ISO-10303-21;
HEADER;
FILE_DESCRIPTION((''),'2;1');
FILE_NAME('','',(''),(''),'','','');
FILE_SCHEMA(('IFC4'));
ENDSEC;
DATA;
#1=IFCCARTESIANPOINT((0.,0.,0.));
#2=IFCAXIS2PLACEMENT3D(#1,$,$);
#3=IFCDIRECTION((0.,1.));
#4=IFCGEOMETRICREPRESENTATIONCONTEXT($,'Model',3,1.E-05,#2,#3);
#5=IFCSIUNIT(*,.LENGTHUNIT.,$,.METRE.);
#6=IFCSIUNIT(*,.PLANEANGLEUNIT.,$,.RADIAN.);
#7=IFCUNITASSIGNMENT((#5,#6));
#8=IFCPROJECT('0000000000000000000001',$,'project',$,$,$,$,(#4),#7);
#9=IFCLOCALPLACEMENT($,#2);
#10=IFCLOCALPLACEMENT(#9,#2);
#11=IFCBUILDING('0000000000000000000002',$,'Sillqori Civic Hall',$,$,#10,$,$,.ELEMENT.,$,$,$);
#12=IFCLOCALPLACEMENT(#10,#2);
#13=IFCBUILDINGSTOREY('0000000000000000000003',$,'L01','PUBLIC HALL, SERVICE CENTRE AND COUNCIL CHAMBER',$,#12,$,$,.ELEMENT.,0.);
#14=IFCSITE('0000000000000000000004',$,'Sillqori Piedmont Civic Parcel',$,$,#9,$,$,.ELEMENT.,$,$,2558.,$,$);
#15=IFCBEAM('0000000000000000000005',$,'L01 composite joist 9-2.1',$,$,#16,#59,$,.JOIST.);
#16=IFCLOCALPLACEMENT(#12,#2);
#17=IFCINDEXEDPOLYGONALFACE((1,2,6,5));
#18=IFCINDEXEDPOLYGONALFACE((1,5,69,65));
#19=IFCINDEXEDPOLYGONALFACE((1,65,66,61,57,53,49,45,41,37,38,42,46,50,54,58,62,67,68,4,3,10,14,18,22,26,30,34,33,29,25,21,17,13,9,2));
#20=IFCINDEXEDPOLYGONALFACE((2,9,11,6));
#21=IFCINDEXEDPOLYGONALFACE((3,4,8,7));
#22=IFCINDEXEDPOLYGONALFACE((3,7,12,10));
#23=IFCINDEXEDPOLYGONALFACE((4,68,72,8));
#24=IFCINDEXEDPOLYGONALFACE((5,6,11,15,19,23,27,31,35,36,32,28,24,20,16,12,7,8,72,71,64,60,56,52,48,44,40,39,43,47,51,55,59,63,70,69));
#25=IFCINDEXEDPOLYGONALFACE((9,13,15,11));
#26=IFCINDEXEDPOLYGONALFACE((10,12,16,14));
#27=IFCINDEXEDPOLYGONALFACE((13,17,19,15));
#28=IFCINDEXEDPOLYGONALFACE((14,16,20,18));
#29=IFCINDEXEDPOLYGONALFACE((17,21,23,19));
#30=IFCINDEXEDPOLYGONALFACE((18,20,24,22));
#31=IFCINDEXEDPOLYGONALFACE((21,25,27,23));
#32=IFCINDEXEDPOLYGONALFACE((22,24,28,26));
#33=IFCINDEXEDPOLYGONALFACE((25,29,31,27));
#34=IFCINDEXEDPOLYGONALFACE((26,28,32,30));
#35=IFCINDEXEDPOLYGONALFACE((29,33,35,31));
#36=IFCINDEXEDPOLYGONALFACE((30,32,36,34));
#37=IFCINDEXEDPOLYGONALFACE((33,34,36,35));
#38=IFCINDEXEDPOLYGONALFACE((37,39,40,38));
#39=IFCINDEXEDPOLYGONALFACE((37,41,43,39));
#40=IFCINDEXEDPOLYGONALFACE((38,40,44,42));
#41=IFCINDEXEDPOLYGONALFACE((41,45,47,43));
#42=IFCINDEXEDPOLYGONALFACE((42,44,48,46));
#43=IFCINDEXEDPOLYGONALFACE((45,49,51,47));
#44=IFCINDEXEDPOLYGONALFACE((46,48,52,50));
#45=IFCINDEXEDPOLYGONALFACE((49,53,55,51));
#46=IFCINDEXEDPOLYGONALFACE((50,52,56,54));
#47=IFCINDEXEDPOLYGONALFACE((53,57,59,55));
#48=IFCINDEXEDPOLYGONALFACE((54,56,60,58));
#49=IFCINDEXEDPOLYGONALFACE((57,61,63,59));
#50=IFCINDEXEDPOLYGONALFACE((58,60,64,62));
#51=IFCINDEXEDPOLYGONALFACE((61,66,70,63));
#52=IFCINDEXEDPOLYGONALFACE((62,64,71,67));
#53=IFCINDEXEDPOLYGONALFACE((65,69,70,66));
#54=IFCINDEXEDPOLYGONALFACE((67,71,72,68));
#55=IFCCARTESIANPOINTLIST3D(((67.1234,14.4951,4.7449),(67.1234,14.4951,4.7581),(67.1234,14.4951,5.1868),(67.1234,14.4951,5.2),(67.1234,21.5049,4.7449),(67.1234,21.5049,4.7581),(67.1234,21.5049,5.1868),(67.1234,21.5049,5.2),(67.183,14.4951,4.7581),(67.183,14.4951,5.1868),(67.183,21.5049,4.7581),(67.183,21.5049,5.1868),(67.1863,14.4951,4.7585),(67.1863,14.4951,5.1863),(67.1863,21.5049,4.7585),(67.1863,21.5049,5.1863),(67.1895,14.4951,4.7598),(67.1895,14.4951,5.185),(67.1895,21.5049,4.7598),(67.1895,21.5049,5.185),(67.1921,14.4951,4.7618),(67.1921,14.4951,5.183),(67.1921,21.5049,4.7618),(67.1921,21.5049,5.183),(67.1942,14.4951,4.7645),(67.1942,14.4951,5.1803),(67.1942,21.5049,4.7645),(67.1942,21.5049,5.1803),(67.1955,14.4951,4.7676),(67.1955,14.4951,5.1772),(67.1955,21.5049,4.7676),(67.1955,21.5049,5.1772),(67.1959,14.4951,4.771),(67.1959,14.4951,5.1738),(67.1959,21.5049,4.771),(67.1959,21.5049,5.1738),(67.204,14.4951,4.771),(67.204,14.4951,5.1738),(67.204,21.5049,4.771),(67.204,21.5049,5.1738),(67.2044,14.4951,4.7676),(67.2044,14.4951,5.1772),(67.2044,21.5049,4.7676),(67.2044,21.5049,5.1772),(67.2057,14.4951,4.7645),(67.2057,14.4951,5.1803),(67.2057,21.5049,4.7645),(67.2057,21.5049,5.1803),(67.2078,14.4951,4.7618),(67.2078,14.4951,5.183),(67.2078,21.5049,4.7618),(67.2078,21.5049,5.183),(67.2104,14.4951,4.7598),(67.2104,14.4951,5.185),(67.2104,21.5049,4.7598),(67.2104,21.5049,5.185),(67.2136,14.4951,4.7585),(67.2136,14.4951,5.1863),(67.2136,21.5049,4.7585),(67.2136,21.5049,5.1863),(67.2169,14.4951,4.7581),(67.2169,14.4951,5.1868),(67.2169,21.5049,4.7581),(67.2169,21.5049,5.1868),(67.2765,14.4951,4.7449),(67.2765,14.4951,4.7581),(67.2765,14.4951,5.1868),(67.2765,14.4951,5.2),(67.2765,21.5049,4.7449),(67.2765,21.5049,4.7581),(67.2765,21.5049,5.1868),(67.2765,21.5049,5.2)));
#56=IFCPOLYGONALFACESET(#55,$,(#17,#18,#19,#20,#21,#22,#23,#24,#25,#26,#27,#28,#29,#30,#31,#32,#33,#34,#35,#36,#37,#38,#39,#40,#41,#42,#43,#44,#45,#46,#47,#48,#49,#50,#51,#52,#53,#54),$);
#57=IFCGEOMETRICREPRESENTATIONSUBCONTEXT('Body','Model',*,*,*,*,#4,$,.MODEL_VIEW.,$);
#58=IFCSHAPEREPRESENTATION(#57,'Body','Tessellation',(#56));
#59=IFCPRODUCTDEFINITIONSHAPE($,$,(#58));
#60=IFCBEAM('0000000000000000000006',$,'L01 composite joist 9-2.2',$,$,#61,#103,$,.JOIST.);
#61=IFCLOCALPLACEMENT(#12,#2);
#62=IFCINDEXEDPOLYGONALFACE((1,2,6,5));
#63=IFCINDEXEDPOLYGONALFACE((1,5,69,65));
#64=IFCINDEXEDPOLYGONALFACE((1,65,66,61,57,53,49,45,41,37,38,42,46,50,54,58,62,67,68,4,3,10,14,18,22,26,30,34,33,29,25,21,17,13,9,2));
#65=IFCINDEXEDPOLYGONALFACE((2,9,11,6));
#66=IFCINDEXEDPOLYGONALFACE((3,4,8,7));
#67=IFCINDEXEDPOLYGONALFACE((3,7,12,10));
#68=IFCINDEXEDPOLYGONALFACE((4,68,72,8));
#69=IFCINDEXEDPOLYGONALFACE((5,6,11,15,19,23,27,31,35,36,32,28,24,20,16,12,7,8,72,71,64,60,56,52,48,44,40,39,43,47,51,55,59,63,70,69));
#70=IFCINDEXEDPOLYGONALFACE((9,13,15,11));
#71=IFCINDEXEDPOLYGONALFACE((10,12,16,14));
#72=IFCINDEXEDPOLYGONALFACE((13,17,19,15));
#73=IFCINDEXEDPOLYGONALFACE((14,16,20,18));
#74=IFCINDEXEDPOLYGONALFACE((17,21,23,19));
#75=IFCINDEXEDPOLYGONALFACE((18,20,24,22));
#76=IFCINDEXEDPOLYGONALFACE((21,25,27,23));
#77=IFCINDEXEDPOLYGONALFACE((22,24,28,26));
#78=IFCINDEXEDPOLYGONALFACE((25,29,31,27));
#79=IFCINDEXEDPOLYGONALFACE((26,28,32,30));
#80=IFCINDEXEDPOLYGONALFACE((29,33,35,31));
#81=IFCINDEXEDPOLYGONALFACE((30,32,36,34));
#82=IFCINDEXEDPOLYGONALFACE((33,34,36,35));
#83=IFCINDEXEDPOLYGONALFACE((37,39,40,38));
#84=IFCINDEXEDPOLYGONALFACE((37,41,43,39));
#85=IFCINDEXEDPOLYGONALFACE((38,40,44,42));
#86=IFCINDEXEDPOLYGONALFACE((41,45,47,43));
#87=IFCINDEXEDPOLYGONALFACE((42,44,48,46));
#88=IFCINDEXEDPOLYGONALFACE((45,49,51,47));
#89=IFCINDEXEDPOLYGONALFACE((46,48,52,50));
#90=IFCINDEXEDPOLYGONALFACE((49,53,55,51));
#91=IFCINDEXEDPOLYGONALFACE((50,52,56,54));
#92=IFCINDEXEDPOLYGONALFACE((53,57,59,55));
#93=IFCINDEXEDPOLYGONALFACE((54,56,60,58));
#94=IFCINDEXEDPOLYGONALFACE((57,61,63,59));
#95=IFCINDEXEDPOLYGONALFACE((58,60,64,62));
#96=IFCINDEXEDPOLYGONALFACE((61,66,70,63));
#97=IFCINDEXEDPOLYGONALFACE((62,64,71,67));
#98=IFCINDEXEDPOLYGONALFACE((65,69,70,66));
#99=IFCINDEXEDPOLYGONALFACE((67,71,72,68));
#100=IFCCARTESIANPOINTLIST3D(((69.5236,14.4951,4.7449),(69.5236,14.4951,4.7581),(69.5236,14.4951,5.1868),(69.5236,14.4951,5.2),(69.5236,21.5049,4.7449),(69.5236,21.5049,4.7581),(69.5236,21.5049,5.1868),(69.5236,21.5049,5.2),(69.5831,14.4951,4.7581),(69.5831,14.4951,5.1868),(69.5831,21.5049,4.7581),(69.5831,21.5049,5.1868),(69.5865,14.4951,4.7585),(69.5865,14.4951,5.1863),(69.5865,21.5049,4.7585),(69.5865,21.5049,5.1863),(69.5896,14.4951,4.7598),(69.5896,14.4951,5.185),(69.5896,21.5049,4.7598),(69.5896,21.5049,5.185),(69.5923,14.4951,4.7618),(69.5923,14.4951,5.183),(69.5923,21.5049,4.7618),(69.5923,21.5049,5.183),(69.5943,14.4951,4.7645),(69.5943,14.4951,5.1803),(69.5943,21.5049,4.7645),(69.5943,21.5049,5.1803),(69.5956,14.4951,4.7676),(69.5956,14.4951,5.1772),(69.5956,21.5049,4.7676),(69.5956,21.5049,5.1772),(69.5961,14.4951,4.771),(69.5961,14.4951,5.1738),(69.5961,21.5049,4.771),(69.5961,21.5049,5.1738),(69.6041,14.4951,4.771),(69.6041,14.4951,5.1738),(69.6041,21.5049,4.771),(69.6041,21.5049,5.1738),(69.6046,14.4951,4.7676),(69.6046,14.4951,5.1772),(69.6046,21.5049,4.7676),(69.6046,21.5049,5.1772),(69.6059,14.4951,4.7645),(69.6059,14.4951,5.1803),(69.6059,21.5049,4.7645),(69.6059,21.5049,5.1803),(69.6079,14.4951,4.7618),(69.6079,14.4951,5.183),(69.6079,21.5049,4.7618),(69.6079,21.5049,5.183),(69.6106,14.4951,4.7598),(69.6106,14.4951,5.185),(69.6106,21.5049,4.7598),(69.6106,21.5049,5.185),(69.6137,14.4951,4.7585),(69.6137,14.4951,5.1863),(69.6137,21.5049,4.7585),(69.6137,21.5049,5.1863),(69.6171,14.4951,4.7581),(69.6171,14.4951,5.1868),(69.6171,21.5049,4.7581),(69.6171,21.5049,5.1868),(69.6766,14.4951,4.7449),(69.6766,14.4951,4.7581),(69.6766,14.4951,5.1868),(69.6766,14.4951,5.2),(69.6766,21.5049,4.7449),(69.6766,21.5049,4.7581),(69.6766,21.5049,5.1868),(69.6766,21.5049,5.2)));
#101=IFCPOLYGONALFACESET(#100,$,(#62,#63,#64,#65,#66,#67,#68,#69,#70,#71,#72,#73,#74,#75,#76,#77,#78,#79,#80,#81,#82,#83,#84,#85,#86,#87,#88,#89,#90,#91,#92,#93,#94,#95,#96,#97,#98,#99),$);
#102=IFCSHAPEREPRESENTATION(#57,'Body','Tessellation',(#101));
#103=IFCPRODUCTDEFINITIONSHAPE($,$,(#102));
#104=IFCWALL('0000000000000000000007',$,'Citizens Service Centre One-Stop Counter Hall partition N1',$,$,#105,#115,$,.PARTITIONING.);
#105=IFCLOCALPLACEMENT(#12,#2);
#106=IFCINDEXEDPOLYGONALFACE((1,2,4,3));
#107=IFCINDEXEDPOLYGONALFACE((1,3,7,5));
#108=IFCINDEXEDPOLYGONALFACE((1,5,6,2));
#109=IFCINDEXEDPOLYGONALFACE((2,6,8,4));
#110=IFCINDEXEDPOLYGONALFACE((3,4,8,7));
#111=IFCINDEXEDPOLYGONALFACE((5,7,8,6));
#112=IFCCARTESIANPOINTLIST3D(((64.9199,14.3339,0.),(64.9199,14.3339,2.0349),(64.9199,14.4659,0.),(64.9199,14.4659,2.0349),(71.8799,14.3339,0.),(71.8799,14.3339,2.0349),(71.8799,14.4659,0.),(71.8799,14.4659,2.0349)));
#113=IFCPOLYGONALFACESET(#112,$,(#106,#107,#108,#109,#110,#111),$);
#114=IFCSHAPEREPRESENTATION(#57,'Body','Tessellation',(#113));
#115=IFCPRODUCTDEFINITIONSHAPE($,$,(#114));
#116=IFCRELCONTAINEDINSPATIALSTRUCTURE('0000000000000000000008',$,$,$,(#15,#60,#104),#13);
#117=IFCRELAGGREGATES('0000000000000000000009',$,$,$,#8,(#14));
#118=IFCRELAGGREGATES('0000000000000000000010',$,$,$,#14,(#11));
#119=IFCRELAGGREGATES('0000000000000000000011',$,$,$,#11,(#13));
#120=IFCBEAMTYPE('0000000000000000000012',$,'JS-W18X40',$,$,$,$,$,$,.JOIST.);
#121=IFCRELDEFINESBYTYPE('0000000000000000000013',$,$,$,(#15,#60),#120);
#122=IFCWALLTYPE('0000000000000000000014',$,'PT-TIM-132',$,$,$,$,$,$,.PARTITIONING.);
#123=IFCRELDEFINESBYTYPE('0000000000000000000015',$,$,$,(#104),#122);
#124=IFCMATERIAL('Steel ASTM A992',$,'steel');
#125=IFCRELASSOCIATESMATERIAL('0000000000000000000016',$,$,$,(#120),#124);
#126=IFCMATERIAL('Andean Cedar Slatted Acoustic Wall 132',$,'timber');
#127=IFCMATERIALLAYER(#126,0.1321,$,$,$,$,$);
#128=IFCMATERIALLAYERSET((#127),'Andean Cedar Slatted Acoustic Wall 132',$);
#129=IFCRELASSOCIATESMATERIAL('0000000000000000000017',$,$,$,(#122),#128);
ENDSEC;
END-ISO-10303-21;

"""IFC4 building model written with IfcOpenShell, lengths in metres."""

from ifc_helpers import new_model, si_unit, direction, frame, frame_2d, origin, origin_2d, place, context, subcontext, project, spatial, rectangle, i_section, extrude, material, layer, layer_set, material_profile, profile_set, type_object, element, save


model = new_model("IFC4")

# Units and contexts
model_context = context("Model", 3, precision=1e-05, world=origin(), true_north=direction((0.0, 1.0)))
body_context = subcontext(model_context, "Body", "Model", "MODEL_VIEW")
ifc_project = project(units=[si_unit("LENGTHUNIT", "METRE"), si_unit("PLANEANGLEUNIT", "RADIAN")], contexts=[model_context])

# Site, building, storey
site_placement = place(None, origin())
site = spatial("IfcSite", under=ifc_project, at=site_placement, Name="Sillqori Piedmont Civic Parcel", CompositionType="ELEMENT", RefElevation=2558.0)
building_placement = place(site_placement, origin())
building = spatial("IfcBuilding", under=site, at=building_placement, Name="Sillqori Civic Hall", CompositionType="ELEMENT")
storey_placement = place(building_placement, origin())
storey = spatial("IfcBuildingStorey", under=building, at=storey_placement, Name="L01", Description="PUBLIC HALL, SERVICE CENTRE AND COUNCIL CHAMBER", CompositionType="ELEMENT", Elevation=0.0)

# Shared definitions
ifc_material_1 = material(Name="Steel ASTM A992", Category="steel")

# Beams
ifc_material_profile_1 = material_profile(ifc_material_1, i_section(OverallWidth=0.1531, OverallDepth=0.4551, WebThickness=0.0081, FlangeThickness=0.0132, FilletRadius=0.0129, at=origin_2d()), Name="W18X40")
ifc_profile_set_1 = profile_set([ifc_material_profile_1], Name="Steel ASTM A992")
beam_type_1 = type_object("IfcBeamType", Name="JS-W18X40", PredefinedType="JOIST", material=ifc_profile_set_1)
for number, where, z_axis, x_axis, name in (
    (1, (67.2, 14.4951, 4.9724), (0.0, 1.0, 0.0), (-1.0, 0.0, 0.0), "L01 composite joist 9-2.1"),
    (2, (69.6001, 14.4951, 4.9724), (0.0, 1.0, 0.0), (-1.0, 0.0, 0.0), "L01 composite joist 9-2.2"),
):
    element("IfcBeam", number, at=place(storey_placement, frame(where, z_axis=z_axis, x_axis=x_axis)), inside=storey, type_object=beam_type_1, Name=name, PredefinedType="JOIST", context=body_context, shape_type="SweptSolid", body=[
        extrude(i_section(OverallWidth=0.1531, OverallDepth=0.4551, WebThickness=0.0081, FlangeThickness=0.0132, FilletRadius=0.0129, at=origin_2d()), origin(), (0.0, 0.0, 1.0), 7.0098),
    ])

# Wall
ifc_material_2 = material(Name="Andean Cedar Slatted Acoustic Wall 132", Category="timber")
ifc_layer_1 = layer(ifc_material_2, 0.1321)
ifc_layer_set_1 = layer_set([ifc_layer_1], Name="Andean Cedar Slatted Acoustic Wall 132")
wall_type = type_object("IfcWallType", Name="PT-TIM-132", PredefinedType="PARTITIONING", material=ifc_layer_set_1)
wall_placement = place(storey_placement, frame((64.9199, 14.3999, 0.0), z_axis=(0.0, 0.0, 1.0), x_axis=(1.0, 0.0, 0.0)))
element("IfcWall", 3, at=wall_placement, inside=storey, type_object=wall_type, Name="Citizens Service Centre One-Stop Counter Hall partition N1", PredefinedType="PARTITIONING", context=body_context, shape_type="SweptSolid", body=[
    extrude(rectangle(XDim=6.96, YDim=0.1321, at=frame_2d((3.48, 0.0))), origin(), (0.0, 0.0, 1.0), 2.0349),
])

save(model, "model.ifc")
